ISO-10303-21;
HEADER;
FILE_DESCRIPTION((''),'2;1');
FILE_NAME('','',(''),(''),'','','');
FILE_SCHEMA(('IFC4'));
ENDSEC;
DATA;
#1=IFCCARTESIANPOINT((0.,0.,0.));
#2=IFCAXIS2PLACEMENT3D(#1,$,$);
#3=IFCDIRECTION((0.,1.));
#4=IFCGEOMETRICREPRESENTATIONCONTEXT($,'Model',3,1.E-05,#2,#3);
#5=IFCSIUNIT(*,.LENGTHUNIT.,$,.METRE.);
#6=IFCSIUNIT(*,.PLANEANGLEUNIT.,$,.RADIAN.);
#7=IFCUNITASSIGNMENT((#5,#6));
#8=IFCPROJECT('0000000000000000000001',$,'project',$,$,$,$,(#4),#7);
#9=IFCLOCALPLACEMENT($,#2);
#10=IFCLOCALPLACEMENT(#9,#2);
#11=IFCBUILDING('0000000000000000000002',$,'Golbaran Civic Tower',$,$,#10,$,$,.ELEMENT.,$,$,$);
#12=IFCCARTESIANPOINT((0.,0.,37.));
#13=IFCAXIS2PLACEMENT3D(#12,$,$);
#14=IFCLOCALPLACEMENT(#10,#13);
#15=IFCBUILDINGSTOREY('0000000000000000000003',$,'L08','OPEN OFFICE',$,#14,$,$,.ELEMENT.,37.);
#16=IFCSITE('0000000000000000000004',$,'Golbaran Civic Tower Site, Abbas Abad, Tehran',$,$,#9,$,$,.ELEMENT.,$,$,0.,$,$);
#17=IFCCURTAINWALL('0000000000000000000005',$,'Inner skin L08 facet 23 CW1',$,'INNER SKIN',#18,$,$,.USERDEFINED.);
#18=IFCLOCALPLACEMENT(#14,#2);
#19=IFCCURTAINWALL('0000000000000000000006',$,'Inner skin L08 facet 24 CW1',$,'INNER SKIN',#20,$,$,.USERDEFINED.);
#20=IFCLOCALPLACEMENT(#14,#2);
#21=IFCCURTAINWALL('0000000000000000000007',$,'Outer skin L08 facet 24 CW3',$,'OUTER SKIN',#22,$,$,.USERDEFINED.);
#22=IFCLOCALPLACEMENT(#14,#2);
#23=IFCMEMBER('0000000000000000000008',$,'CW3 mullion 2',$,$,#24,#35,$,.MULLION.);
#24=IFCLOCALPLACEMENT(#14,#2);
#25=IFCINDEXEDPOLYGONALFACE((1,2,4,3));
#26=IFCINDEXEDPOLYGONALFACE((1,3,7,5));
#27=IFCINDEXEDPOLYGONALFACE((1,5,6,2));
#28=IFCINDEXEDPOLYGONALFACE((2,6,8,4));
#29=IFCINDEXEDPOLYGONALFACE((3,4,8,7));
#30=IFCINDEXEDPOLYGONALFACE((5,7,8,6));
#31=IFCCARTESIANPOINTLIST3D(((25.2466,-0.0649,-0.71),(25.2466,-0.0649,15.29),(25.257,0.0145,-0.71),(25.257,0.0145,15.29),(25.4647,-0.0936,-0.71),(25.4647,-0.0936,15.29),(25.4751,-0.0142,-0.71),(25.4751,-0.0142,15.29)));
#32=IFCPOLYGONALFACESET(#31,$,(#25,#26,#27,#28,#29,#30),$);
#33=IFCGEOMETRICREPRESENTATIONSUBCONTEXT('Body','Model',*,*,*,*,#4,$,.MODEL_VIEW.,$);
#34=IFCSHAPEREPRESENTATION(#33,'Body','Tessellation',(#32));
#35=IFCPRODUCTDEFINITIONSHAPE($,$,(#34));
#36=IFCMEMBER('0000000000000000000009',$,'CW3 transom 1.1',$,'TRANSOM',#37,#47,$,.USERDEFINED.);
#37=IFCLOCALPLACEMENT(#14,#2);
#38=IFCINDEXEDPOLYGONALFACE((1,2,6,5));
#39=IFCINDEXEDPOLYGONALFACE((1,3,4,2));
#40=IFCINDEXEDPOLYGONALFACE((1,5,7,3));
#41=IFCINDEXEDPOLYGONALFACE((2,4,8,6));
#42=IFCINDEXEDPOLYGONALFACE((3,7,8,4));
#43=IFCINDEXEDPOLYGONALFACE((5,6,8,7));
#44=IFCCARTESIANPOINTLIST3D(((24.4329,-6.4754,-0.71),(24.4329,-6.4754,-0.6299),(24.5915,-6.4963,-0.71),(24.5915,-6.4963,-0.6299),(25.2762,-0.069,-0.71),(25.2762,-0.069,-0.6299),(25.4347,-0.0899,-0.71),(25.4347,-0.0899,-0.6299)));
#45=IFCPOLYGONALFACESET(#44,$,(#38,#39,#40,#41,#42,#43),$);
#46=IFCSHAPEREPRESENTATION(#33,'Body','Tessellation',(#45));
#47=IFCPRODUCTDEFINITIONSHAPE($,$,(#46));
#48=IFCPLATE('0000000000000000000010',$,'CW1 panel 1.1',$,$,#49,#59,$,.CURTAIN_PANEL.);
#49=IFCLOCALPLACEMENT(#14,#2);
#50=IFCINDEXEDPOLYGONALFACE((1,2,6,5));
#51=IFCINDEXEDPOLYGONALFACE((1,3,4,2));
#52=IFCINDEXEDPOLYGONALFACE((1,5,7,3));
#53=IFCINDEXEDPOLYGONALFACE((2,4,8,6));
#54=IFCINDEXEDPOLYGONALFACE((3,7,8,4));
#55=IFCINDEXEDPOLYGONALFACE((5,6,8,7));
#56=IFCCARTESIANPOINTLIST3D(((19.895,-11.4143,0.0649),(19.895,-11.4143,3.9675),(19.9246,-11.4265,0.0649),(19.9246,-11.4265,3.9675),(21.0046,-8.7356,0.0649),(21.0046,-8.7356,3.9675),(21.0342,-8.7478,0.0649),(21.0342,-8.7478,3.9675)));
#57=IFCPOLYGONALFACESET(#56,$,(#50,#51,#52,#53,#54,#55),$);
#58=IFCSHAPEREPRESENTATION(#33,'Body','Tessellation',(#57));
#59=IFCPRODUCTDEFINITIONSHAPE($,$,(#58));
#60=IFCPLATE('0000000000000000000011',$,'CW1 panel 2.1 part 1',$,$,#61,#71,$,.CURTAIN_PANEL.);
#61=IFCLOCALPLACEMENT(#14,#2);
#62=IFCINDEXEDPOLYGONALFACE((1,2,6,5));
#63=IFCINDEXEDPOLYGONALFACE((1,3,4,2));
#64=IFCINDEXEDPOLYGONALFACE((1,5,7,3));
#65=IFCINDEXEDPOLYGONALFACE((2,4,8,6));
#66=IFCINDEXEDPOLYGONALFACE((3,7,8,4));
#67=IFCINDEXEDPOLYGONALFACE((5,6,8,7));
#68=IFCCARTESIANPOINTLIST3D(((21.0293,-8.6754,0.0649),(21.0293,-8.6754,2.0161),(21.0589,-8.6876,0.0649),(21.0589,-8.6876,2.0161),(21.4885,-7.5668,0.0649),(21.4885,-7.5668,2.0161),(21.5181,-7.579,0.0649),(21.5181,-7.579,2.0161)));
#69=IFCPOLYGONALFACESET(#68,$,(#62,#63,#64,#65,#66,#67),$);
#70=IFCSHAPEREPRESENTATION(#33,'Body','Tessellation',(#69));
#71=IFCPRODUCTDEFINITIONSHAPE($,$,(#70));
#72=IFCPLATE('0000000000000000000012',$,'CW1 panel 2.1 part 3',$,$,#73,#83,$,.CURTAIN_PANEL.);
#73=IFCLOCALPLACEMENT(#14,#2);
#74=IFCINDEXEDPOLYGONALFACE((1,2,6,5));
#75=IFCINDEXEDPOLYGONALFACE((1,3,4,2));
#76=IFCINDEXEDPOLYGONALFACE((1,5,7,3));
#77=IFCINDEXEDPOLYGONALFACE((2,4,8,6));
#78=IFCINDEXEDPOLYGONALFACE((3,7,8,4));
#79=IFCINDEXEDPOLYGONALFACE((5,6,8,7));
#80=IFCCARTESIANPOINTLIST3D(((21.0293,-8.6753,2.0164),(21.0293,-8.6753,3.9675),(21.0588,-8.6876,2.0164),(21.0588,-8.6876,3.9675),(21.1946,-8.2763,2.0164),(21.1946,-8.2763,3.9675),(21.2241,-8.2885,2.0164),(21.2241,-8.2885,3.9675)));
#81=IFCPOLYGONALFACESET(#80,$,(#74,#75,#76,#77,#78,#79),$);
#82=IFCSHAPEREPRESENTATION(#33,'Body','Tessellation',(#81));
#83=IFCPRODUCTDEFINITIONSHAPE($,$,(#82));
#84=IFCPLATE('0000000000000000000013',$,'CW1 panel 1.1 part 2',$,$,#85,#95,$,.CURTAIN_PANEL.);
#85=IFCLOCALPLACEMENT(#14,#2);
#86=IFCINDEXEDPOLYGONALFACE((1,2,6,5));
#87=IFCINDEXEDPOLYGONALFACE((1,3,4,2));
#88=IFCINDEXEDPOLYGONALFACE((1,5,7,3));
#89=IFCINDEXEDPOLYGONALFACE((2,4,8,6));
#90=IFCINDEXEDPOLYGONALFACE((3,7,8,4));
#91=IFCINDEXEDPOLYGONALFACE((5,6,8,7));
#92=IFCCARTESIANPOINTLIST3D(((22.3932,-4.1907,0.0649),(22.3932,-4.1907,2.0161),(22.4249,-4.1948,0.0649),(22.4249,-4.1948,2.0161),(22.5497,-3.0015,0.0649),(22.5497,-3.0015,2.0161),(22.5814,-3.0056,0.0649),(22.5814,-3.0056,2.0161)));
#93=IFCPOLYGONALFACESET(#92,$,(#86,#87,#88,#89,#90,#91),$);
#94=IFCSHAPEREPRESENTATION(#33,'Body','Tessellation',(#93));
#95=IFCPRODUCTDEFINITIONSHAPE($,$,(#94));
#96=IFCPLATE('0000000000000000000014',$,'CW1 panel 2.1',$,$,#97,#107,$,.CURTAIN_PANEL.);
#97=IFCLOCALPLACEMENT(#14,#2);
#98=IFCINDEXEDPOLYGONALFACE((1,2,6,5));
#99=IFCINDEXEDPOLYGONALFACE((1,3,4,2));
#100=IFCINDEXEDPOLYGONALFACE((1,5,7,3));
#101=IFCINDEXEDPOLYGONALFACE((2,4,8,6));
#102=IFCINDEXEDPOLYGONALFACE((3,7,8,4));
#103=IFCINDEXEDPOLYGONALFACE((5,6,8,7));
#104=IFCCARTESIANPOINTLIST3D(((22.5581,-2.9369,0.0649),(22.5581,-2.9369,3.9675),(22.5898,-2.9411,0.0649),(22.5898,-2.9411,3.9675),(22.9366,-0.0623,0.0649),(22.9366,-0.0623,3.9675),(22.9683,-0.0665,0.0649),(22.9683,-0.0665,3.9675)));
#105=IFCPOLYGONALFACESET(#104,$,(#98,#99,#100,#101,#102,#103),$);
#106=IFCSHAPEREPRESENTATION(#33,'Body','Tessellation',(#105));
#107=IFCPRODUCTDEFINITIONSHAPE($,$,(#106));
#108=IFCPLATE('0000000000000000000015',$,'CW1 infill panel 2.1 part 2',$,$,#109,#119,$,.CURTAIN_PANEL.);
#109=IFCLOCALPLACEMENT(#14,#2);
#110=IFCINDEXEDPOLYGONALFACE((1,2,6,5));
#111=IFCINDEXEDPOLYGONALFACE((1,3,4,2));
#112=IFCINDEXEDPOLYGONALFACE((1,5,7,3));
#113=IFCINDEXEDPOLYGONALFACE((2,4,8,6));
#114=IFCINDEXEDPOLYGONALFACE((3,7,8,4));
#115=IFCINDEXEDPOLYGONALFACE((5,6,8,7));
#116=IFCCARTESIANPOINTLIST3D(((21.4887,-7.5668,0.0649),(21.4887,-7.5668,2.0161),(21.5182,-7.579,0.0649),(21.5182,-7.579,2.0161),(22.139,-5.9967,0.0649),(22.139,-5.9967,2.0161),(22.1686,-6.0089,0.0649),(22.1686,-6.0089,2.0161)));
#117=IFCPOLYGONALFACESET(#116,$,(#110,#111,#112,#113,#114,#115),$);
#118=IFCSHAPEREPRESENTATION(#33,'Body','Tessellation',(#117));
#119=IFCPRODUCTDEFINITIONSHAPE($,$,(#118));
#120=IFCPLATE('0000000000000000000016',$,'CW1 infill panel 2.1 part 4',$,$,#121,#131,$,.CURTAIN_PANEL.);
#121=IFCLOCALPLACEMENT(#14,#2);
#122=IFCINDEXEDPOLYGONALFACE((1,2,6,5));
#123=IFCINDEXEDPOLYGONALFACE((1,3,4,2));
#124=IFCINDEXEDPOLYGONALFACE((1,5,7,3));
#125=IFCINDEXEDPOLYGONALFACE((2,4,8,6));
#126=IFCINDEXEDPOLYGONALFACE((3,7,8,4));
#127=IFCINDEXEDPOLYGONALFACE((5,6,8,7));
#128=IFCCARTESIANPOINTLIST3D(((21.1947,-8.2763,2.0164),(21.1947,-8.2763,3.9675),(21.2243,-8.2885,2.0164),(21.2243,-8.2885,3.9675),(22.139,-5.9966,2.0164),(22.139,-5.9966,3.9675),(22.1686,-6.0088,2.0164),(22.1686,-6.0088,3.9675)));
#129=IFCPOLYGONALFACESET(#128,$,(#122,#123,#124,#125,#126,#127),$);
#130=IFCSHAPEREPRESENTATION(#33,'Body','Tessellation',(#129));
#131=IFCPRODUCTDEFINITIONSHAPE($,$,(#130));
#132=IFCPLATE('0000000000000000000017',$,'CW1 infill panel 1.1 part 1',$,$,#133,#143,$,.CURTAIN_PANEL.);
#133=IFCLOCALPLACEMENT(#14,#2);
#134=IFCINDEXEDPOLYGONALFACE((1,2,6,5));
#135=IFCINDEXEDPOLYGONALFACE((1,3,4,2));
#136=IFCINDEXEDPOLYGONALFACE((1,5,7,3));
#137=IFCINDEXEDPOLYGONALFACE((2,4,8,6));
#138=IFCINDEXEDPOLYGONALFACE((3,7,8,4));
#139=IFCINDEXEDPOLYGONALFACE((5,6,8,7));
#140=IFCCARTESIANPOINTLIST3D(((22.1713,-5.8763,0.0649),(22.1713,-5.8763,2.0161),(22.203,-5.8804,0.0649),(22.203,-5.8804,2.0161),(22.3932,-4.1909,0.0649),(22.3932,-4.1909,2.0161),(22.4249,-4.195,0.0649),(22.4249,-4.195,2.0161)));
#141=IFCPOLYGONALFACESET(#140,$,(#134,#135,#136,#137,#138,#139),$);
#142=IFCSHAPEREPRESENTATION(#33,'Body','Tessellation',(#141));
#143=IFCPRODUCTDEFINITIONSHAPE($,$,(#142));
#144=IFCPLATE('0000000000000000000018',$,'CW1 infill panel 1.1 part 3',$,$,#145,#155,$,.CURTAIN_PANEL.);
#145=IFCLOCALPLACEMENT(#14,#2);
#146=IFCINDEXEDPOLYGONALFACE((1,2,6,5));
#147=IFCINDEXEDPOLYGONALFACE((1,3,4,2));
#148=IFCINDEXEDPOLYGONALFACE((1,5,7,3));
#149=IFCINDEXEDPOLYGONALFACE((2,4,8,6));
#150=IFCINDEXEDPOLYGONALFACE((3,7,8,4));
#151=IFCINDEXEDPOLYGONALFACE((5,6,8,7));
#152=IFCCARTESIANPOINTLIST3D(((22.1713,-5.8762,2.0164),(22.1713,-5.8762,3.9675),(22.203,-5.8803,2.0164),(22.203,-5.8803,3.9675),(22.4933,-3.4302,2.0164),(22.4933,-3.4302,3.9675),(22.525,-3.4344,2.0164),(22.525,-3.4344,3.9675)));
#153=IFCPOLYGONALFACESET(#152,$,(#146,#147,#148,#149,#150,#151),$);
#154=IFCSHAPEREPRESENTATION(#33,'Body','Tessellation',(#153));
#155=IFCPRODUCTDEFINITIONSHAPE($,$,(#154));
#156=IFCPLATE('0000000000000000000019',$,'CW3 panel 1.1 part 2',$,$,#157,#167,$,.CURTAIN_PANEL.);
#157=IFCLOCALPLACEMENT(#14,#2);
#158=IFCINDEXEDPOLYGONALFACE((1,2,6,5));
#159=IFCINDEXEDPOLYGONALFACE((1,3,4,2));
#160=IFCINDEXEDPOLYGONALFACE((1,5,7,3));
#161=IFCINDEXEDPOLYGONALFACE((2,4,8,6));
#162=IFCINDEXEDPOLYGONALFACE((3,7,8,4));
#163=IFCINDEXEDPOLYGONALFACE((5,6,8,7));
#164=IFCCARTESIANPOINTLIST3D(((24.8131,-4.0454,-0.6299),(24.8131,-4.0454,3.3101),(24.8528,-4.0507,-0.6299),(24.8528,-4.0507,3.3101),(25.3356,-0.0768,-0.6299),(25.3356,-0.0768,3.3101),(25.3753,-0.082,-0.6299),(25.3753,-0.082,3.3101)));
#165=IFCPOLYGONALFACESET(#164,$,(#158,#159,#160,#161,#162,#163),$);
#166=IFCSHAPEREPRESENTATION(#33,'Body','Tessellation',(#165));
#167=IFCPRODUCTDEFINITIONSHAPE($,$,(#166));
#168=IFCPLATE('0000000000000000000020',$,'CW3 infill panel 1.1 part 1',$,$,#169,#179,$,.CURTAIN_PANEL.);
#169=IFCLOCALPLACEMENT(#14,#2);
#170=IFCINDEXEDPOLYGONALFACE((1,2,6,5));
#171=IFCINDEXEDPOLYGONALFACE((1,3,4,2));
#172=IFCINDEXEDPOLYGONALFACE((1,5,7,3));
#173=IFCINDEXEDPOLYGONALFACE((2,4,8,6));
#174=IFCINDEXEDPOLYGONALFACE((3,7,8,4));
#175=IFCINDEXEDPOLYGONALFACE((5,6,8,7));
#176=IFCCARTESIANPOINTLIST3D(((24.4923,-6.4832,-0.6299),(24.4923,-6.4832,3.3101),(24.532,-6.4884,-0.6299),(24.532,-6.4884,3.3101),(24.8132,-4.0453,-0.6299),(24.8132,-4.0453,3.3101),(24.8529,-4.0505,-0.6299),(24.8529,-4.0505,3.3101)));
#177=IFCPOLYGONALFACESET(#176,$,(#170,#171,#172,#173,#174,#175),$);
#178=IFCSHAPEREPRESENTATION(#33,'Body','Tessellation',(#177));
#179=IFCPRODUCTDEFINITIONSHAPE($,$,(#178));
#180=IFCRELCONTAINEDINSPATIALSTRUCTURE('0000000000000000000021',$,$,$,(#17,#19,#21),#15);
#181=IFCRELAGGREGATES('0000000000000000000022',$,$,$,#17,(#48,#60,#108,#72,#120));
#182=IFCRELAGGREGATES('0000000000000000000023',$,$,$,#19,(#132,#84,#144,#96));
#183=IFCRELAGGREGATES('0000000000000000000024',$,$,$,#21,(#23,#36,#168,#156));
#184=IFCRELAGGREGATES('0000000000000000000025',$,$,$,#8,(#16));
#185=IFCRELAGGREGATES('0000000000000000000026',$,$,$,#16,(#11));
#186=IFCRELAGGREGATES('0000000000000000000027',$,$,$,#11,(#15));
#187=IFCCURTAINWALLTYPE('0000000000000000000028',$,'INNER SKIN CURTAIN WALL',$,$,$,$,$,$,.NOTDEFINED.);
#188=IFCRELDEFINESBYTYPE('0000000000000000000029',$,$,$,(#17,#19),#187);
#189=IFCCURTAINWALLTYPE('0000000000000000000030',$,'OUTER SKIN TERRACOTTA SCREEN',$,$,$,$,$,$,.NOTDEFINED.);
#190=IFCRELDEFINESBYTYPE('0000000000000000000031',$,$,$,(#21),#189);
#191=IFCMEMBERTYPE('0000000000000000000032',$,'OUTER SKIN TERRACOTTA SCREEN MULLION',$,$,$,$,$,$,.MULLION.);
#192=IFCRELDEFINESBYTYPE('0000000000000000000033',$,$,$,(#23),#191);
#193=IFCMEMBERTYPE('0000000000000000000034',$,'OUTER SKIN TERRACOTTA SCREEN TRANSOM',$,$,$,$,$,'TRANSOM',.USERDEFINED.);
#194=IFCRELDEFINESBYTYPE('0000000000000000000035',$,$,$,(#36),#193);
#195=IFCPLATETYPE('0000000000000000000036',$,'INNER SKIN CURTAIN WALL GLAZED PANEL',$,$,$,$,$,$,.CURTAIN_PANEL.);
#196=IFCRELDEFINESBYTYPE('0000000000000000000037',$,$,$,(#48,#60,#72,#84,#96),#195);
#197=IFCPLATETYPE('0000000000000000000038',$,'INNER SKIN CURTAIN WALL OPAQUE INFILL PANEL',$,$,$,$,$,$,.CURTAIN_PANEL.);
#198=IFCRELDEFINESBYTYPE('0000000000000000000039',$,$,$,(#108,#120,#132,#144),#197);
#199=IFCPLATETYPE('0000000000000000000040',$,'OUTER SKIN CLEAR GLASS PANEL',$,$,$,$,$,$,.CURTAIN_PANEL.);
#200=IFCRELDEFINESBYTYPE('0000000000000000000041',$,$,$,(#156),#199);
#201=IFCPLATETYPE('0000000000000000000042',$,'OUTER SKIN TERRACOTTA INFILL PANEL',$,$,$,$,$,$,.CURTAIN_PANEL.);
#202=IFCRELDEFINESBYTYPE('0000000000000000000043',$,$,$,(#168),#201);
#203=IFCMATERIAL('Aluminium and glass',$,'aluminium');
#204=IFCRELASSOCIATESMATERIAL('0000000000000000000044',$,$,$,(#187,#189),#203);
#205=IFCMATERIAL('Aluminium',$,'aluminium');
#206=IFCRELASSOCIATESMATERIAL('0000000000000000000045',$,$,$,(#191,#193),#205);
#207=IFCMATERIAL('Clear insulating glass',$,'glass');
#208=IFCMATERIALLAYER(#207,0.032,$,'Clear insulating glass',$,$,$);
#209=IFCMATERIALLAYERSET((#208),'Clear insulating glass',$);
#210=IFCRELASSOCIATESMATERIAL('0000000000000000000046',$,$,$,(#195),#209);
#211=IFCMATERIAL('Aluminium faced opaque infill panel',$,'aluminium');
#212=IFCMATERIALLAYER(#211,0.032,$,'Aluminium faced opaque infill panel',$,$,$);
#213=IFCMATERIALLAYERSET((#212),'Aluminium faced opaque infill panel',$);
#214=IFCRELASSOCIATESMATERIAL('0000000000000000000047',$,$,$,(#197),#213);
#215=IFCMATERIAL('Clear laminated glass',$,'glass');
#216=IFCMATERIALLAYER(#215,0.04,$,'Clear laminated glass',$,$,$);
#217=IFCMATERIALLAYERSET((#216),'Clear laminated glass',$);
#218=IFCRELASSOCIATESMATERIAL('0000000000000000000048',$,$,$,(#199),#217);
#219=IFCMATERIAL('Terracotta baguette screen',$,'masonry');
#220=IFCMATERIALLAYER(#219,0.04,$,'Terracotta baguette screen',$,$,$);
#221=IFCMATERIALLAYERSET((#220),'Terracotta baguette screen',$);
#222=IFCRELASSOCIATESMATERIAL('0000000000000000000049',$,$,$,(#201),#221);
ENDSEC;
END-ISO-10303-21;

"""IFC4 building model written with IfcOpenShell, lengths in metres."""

from ifc_helpers import new_model, si_unit, direction, frame, origin, origin_2d, place, context, subcontext, project, spatial, rectangle, extrude, material, layer, layer_set, material_profile, profile_set, type_object, element, aggregate, save


model = new_model("IFC4")

# Units and contexts
model_context = context("Model", 3, precision=1e-05, world=origin(), true_north=direction((0.0, 1.0)))
body_context = subcontext(model_context, "Body", "Model", "MODEL_VIEW")
ifc_project = project(units=[si_unit("LENGTHUNIT", "METRE"), si_unit("PLANEANGLEUNIT", "RADIAN")], contexts=[model_context])

# Site, building, storey
site_placement = place(None, origin())
site = spatial("IfcSite", under=ifc_project, at=site_placement, Name="Golbaran Civic Tower Site, Abbas Abad, Tehran", CompositionType="ELEMENT", RefElevation=0.0)
building_placement = place(site_placement, origin())
building = spatial("IfcBuilding", under=site, at=building_placement, Name="Golbaran Civic Tower", CompositionType="ELEMENT")
storey_placement = place(building_placement, frame((0.0, 0.0, 37.0)))
storey = spatial("IfcBuildingStorey", under=building, at=storey_placement, Name="L08", Description="OPEN OFFICE", CompositionType="ELEMENT", Elevation=37.0)

# Curtain walls
ifc_material_1 = material(Name="Aluminium and glass", Category="aluminium")
curtain_wall_type_1 = type_object("IfcCurtainWallType", Name="INNER SKIN CURTAIN WALL", PredefinedType="NOTDEFINED", material=ifc_material_1)
curtain_wall_1_placement = place(storey_placement, origin())
curtain_wall_1 = element("IfcCurtainWall", 1, at=curtain_wall_1_placement, inside=storey, type_object=curtain_wall_type_1, Name="Inner skin L08 facet 23 CW1", ObjectType="INNER SKIN", PredefinedType="USERDEFINED")
ifc_material_2 = material(Name="Aluminium", Category="aluminium")
curtain_wall_2_placement = place(storey_placement, origin())
curtain_wall_2 = element("IfcCurtainWall", 2, at=curtain_wall_2_placement, inside=storey, type_object=curtain_wall_type_1, Name="Inner skin L08 facet 24 CW1", ObjectType="INNER SKIN", PredefinedType="USERDEFINED")

# Shared definitions
curtain_wall_type_2 = type_object("IfcCurtainWallType", Name="OUTER SKIN TERRACOTTA SCREEN", PredefinedType="NOTDEFINED", material=ifc_material_1)
ifc_material_profile_1 = material_profile(ifc_material_2, rectangle(XDim=0.22, YDim=0.0801, at=origin_2d()), Name="OUTER SKIN TERRACOTTA SCREEN MULLION")
ifc_profile_set_1 = profile_set([ifc_material_profile_1], Name="Aluminium")
member_type_1 = type_object("IfcMemberType", Name="OUTER SKIN TERRACOTTA SCREEN MULLION", PredefinedType="MULLION", material=ifc_profile_set_1)

# Curtain wall, members
curtain_wall_3_placement = place(storey_placement, origin())
curtain_wall_3 = element("IfcCurtainWall", 3, at=curtain_wall_3_placement, inside=storey, type_object=curtain_wall_type_2, Name="Outer skin L08 facet 24 CW3", ObjectType="OUTER SKIN", PredefinedType="USERDEFINED")
member_1_placement = place(storey_placement, frame((25.3608, -0.0396, -0.71), z_axis=(0.0, 0.0, 1.0), x_axis=(-0.991445, 0.130526, 0.0)))
member_1 = element("IfcMember", 4, at=member_1_placement, type_object=member_type_1, Name="CW3 mullion 2", PredefinedType="MULLION", context=body_context, shape_type="SweptSolid", body=[
    extrude(rectangle(XDim=0.22, YDim=0.0801, at=origin_2d()), origin(), (0.0, 0.0, 1.0), 16.0),
])
ifc_material_profile_2 = material_profile(ifc_material_2, rectangle(XDim=0.1599, YDim=0.0801, at=origin_2d()), Name="OUTER SKIN TERRACOTTA SCREEN TRANSOM")
ifc_profile_set_2 = profile_set([ifc_material_profile_2], Name="Aluminium")
member_type_2 = type_object("IfcMemberType", Name="OUTER SKIN TERRACOTTA SCREEN TRANSOM", ElementType="TRANSOM", PredefinedType="USERDEFINED", material=ifc_profile_set_2)
member_2_placement = place(storey_placement, frame((24.5122, -6.4858, -0.6699), z_axis=(0.1305, 0.991448, 0.0), x_axis=(-0.991448, 0.1305, 0.0)))
member_2 = element("IfcMember", 5, at=member_2_placement, type_object=member_type_2, Name="CW3 transom 1.1", ObjectType="TRANSOM", PredefinedType="USERDEFINED", context=body_context, shape_type="SweptSolid", body=[
    extrude(rectangle(XDim=0.1599, YDim=0.0801, at=origin_2d()), origin(), (0.0, 0.0, 1.0), 6.4617),
])

# Plates
ifc_material_3 = material(Name="Clear insulating glass", Category="glass")
ifc_layer_1 = layer(ifc_material_3, 0.032, Name="Clear insulating glass")
ifc_layer_set_1 = layer_set([ifc_layer_1], Name="Clear insulating glass")
plate_type_1 = type_object("IfcPlateType", Name="INNER SKIN CURTAIN WALL GLAZED PANEL", PredefinedType="CURTAIN_PANEL", material=ifc_layer_set_1)
plate_1_placement = place(storey_placement, frame((20.4646, -10.0811, 0.0649), z_axis=(0.0, 0.0, 1.0), x_axis=(0.382683, 0.92388, 0.0)))
plate_1 = element("IfcPlate", 6, at=plate_1_placement, type_object=plate_type_1, Name="CW1 panel 1.1", PredefinedType="CURTAIN_PANEL", context=body_context, shape_type="SweptSolid", body=[
    extrude(rectangle(XDim=2.8994, YDim=0.032, at=origin_2d()), origin(), (0.0, 0.0, 1.0), 3.9026),
])
plate_2_placement = place(storey_placement, frame((21.2737, -8.1272, 0.0649), z_axis=(0.0, 0.0, 1.0), x_axis=(0.382683, 0.92388, 0.0)))
plate_2 = element("IfcPlate", 7, at=plate_2_placement, type_object=plate_type_1, Name="CW1 panel 2.1 part 1", PredefinedType="CURTAIN_PANEL", context=body_context, shape_type="SweptSolid", body=[
    extrude(rectangle(XDim=1.2, YDim=0.032, at=origin_2d()), origin(), (0.0, 0.0, 1.0), 1.9512),
])
plate_3_placement = place(storey_placement, frame((21.1267, -8.4819, 2.0164), z_axis=(0.0, 0.0, 1.0), x_axis=(0.382683, 0.92388, 0.0)))
plate_3 = element("IfcPlate", 8, at=plate_3_placement, type_object=plate_type_1, Name="CW1 panel 2.1 part 3", PredefinedType="CURTAIN_PANEL", context=body_context, shape_type="SweptSolid", body=[
    extrude(rectangle(XDim=0.4319, YDim=0.032, at=origin_2d()), origin(), (0.0, 0.0, 1.0), 1.9512),
])
plate_4_placement = place(storey_placement, frame((22.4873, -3.5981, 0.0649), z_axis=(0.0, 0.0, 1.0), x_axis=(0.130526, 0.991445, 0.0)))
plate_4 = element("IfcPlate", 9, at=plate_4_placement, type_object=plate_type_1, Name="CW1 panel 1.1 part 2", PredefinedType="CURTAIN_PANEL", context=body_context, shape_type="SweptSolid", body=[
    extrude(rectangle(XDim=1.1995, YDim=0.032, at=origin_2d()), origin(), (0.0, 0.0, 1.0), 1.9512),
])
plate_5_placement = place(storey_placement, frame((22.7632, -1.5017, 0.0649), z_axis=(0.0, 0.0, 1.0), x_axis=(0.130526, 0.991445, 0.0)))
plate_5 = element("IfcPlate", 10, at=plate_5_placement, type_object=plate_type_1, Name="CW1 panel 2.1", PredefinedType="CURTAIN_PANEL", context=body_context, shape_type="SweptSolid", body=[
    extrude(rectangle(XDim=2.8994, YDim=0.032, at=origin_2d()), origin(), (0.0, 0.0, 1.0), 3.9026),
])
ifc_material_4 = material(Name="Aluminium faced opaque infill panel", Category="aluminium")
ifc_layer_2 = layer(ifc_material_4, 0.032, Name="Aluminium faced opaque infill panel")
ifc_layer_set_2 = layer_set([ifc_layer_2], Name="Aluminium faced opaque infill panel")
plate_type_2 = type_object("IfcPlateType", Name="INNER SKIN CURTAIN WALL OPAQUE INFILL PANEL", PredefinedType="CURTAIN_PANEL", material=ifc_layer_set_2)
plate_6_placement = place(storey_placement, frame((21.8286, -6.7878, 0.0649), z_axis=(0.0, 0.0, 1.0), x_axis=(0.382683, 0.92388, 0.0)))
plate_6 = element("IfcPlate", 11, at=plate_6_placement, type_object=plate_type_2, Name="CW1 infill panel 2.1 part 2", PredefinedType="CURTAIN_PANEL", context=body_context, shape_type="SweptSolid", body=[
    extrude(rectangle(XDim=1.6995, YDim=0.032, at=origin_2d()), origin(), (0.0, 0.0, 1.0), 1.9512),
])
plate_7_placement = place(storey_placement, frame((21.6816, -7.1426, 2.0164), z_axis=(0.0, 0.0, 1.0), x_axis=(0.382683, 0.92388, 0.0)))
plate_7 = element("IfcPlate", 12, at=plate_7_placement, type_object=plate_type_2, Name="CW1 infill panel 2.1 part 4", PredefinedType="CURTAIN_PANEL", context=body_context, shape_type="SweptSolid", body=[
    extrude(rectangle(XDim=2.4675, YDim=0.032, at=origin_2d()), origin(), (0.0, 0.0, 1.0), 1.9512),
])
aggregate(curtain_wall_1, [plate_1, plate_2, plate_6, plate_3, plate_7])
plate_8_placement = place(storey_placement, frame((22.2981, -5.0356, 0.0649), z_axis=(0.0, 0.0, 1.0), x_axis=(0.130526, 0.991445, 0.0)))
plate_8 = element("IfcPlate", 13, at=plate_8_placement, type_object=plate_type_2, Name="CW1 infill panel 1.1 part 1", PredefinedType="CURTAIN_PANEL", context=body_context, shape_type="SweptSolid", body=[
    extrude(rectangle(XDim=1.7, YDim=0.032, at=origin_2d()), origin(), (0.0, 0.0, 1.0), 1.9512),
])
plate_9_placement = place(storey_placement, frame((22.3481, -4.6553, 2.0164), z_axis=(0.0, 0.0, 1.0), x_axis=(0.130526, 0.991445, 0.0)))
plate_9 = element("IfcPlate", 14, at=plate_9_placement, type_object=plate_type_2, Name="CW1 infill panel 1.1 part 3", PredefinedType="CURTAIN_PANEL", context=body_context, shape_type="SweptSolid", body=[
    extrude(rectangle(XDim=2.467, YDim=0.032, at=origin_2d()), origin(), (0.0, 0.0, 1.0), 1.9512),
])
aggregate(curtain_wall_2, [plate_8, plate_4, plate_9, plate_5])
ifc_material_5 = material(Name="Clear laminated glass", Category="glass")
ifc_layer_3 = layer(ifc_material_5, 0.04, Name="Clear laminated glass")
ifc_layer_set_3 = layer_set([ifc_layer_3], Name="Clear laminated glass")
plate_type_3 = type_object("IfcPlateType", Name="OUTER SKIN CLEAR GLASS PANEL", PredefinedType="CURTAIN_PANEL", material=ifc_layer_set_3)
plate_10_placement = place(storey_placement, frame((25.0942, -2.0637, -0.6299), z_axis=(0.0, 0.0, 1.0), x_axis=(0.130526, 0.991445, 0.0)))
plate_10 = element("IfcPlate", 15, at=plate_10_placement, type_object=plate_type_3, Name="CW3 panel 1.1 part 2", PredefinedType="CURTAIN_PANEL", context=body_context, shape_type="SweptSolid", body=[
    extrude(rectangle(XDim=4.0029, YDim=0.04, at=origin_2d()), origin(), (0.0, 0.0, 1.0), 3.9399),
])
ifc_material_6 = material(Name="Terracotta baguette screen", Category="masonry")
ifc_layer_4 = layer(ifc_material_6, 0.04, Name="Terracotta baguette screen")
ifc_layer_set_4 = layer_set([ifc_layer_4], Name="Terracotta baguette screen")
plate_type_4 = type_object("IfcPlateType", Name="OUTER SKIN TERRACOTTA INFILL PANEL", PredefinedType="CURTAIN_PANEL", material=ifc_layer_set_4)
plate_11_placement = place(storey_placement, frame((24.6726, -5.2668, -0.6299), z_axis=(0.0, 0.0, 1.0), x_axis=(0.130526, 0.991445, 0.0)))
plate_11 = element("IfcPlate", 16, at=plate_11_placement, type_object=plate_type_4, Name="CW3 infill panel 1.1 part 1", PredefinedType="CURTAIN_PANEL", context=body_context, shape_type="SweptSolid", body=[
    extrude(rectangle(XDim=2.459, YDim=0.04, at=origin_2d()), origin(), (0.0, 0.0, 1.0), 3.9399),
])
aggregate(curtain_wall_3, [member_1, member_2, plate_11, plate_10])

save(model, "model.ifc")
